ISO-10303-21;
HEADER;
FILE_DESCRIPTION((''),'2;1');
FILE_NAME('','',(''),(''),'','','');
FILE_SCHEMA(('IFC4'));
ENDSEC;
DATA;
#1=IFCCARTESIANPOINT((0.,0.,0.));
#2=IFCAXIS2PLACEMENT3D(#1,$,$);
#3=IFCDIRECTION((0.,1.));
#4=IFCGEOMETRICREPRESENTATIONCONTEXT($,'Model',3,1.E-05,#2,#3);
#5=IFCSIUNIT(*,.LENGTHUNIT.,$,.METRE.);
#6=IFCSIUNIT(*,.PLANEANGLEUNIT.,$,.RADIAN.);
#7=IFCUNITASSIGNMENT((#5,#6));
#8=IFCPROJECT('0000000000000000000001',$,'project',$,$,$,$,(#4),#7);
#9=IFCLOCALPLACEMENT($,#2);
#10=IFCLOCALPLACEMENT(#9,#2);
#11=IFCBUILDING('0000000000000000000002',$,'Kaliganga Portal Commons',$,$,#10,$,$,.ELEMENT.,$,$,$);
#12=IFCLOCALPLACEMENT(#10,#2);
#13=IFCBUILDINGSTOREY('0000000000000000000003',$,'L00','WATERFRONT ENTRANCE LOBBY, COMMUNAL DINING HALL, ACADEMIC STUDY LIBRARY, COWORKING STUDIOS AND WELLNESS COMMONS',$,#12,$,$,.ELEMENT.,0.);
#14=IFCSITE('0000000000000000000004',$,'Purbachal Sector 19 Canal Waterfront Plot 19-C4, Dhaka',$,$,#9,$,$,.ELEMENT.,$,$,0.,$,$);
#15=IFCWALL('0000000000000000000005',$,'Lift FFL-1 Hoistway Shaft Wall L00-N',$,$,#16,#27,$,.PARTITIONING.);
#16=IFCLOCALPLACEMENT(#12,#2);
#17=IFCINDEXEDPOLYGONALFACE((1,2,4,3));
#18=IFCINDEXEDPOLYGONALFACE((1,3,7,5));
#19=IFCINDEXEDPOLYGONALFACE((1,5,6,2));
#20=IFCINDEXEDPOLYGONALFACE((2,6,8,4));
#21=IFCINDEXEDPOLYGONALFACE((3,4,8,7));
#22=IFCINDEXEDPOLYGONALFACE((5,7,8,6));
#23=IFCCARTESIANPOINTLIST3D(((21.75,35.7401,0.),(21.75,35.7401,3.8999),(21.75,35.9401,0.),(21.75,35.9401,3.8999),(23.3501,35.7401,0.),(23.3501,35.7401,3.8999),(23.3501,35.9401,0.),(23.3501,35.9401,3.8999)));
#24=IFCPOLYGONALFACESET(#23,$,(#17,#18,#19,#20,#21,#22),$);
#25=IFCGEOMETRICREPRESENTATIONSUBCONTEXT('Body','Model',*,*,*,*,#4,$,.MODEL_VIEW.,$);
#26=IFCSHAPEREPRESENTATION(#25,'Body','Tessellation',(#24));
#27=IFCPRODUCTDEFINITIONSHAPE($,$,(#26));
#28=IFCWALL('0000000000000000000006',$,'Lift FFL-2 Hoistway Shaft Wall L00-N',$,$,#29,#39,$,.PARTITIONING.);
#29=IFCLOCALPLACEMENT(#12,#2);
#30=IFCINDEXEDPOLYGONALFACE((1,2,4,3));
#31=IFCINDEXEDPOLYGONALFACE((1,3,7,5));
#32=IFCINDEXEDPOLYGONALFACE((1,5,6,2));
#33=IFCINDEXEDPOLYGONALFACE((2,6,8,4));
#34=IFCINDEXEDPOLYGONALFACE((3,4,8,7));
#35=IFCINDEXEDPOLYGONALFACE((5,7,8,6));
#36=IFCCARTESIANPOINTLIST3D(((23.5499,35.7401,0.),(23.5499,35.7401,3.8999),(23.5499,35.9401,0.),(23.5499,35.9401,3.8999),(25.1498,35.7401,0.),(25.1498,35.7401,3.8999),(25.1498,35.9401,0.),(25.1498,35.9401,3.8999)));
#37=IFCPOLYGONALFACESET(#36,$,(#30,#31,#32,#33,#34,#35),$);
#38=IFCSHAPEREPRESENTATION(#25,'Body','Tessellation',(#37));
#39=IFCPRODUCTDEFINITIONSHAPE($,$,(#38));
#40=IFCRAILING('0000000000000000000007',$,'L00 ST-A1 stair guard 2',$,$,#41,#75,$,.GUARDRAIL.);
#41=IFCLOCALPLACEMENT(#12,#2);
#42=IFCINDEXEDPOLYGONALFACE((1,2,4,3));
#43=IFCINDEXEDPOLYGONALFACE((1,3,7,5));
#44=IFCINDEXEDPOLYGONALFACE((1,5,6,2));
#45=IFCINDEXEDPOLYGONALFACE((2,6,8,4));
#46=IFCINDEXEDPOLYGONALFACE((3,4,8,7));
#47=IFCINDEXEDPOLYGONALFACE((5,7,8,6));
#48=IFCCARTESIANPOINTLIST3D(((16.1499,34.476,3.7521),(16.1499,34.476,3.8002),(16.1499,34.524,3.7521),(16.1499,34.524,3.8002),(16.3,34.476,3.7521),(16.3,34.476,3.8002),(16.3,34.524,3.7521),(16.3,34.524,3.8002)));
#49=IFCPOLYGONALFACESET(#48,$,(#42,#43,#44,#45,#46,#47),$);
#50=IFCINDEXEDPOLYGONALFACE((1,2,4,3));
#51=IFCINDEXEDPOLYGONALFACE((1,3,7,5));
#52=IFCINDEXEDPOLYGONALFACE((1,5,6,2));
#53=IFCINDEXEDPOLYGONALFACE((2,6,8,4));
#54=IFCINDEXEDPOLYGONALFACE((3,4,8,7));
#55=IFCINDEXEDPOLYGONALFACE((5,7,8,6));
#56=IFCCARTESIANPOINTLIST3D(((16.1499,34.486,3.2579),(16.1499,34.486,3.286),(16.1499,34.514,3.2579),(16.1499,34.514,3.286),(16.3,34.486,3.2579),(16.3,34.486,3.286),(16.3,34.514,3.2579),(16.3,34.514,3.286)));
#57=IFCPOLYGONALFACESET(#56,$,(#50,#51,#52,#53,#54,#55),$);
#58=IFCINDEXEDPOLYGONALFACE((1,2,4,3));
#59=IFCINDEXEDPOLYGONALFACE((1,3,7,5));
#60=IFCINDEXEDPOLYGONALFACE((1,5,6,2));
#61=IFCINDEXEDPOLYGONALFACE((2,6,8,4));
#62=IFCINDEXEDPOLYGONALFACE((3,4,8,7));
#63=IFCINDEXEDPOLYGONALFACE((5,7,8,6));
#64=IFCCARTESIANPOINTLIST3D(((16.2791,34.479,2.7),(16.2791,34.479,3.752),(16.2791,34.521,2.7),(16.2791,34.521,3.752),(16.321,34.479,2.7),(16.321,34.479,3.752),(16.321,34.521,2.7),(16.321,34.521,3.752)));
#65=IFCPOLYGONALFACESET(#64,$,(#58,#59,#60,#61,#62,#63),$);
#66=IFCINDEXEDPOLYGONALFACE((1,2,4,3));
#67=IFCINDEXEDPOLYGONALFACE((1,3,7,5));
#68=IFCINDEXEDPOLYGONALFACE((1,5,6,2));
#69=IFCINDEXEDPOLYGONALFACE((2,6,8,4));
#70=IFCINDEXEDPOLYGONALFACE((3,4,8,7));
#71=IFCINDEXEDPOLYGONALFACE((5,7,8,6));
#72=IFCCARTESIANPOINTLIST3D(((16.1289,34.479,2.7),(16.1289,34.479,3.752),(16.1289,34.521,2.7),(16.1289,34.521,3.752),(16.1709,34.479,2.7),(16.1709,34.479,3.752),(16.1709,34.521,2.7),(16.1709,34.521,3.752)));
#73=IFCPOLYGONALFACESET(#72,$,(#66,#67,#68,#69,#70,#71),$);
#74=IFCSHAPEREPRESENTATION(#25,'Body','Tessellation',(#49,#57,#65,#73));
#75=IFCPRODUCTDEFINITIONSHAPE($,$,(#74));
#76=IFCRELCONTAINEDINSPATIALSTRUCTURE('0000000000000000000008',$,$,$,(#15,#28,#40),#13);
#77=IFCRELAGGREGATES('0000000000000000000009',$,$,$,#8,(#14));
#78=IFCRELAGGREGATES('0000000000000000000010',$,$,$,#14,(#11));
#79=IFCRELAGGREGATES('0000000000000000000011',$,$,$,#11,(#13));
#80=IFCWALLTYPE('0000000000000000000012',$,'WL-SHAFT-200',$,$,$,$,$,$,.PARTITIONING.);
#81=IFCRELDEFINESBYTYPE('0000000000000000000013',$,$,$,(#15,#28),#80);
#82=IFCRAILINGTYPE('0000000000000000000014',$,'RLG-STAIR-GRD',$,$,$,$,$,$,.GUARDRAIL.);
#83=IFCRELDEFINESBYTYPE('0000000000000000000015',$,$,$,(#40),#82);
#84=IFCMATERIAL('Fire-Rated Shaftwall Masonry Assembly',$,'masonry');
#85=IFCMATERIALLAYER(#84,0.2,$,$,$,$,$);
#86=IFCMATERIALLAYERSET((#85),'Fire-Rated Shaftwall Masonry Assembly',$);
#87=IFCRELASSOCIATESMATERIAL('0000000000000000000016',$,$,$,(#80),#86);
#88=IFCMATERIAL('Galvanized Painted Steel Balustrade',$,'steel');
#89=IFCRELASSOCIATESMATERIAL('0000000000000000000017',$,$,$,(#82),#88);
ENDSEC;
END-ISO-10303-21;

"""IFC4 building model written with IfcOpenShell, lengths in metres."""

from ifc_helpers import new_model, si_unit, direction, frame, frame_2d, origin, origin_2d, place, context, subcontext, project, spatial, rectangle, extrude, material, layer, layer_set, type_object, element, save


model = new_model("IFC4")

# Units and contexts
model_context = context("Model", 3, precision=1e-05, world=origin(), true_north=direction((0.0, 1.0)))
body_context = subcontext(model_context, "Body", "Model", "MODEL_VIEW")
ifc_project = project(units=[si_unit("LENGTHUNIT", "METRE"), si_unit("PLANEANGLEUNIT", "RADIAN")], contexts=[model_context])

# Site, building, storey
site_placement = place(None, origin())
site = spatial("IfcSite", under=ifc_project, at=site_placement, Name="Purbachal Sector 19 Canal Waterfront Plot 19-C4, Dhaka", CompositionType="ELEMENT", RefElevation=0.0)
building_placement = place(site_placement, origin())
building = spatial("IfcBuilding", under=site, at=building_placement, Name="Kaliganga Portal Commons", CompositionType="ELEMENT")
storey_placement = place(building_placement, origin())
storey = spatial("IfcBuildingStorey", under=building, at=storey_placement, Name="L00", Description="WATERFRONT ENTRANCE LOBBY, COMMUNAL DINING HALL, ACADEMIC STUDY LIBRARY, COWORKING STUDIOS AND WELLNESS COMMONS", CompositionType="ELEMENT", Elevation=0.0)

# Walls
ifc_material_1 = material(Name="Fire-Rated Shaftwall Masonry Assembly", Category="masonry")
ifc_layer_1 = layer(ifc_material_1, 0.2)
ifc_layer_set_1 = layer_set([ifc_layer_1], Name="Fire-Rated Shaftwall Masonry Assembly")
wall_type_1 = type_object("IfcWallType", Name="WL-SHAFT-200", PredefinedType="PARTITIONING", material=ifc_layer_set_1)
wall_1_placement = place(storey_placement, frame((21.75, 35.8401, 0.0), z_axis=(0.0, 0.0, 1.0), x_axis=(1.0, 0.0, 0.0)))
element("IfcWall", 1, at=wall_1_placement, inside=storey, type_object=wall_type_1, Name="Lift FFL-1 Hoistway Shaft Wall L00-N", PredefinedType="PARTITIONING", context=body_context, shape_type="SweptSolid", body=[
    extrude(rectangle(XDim=1.6001, YDim=0.2, at=frame_2d((0.8, 0.0))), origin(), (0.0, 0.0, 1.0), 3.8999),
])
wall_2_placement = place(storey_placement, frame((23.55, 35.8401, 0.0), z_axis=(0.0, 0.0, 1.0), x_axis=(1.0, 0.0, 0.0)))
element("IfcWall", 2, at=wall_2_placement, inside=storey, type_object=wall_type_1, Name="Lift FFL-2 Hoistway Shaft Wall L00-N", PredefinedType="PARTITIONING", context=body_context, shape_type="SweptSolid", body=[
    extrude(rectangle(XDim=1.5999, YDim=0.2, at=frame_2d((0.7998, 0.0))), origin(), (0.0, 0.0, 1.0), 3.8999),
])

# Railing
ifc_material_2 = material(Name="Galvanized Painted Steel Balustrade", Category="steel")
railing_type = type_object("IfcRailingType", Name="RLG-STAIR-GRD", PredefinedType="GUARDRAIL", material=ifc_material_2)
railing_placement = place(storey_placement, frame((16.3, 34.5, 2.7)))
element("IfcRailing", 3, at=railing_placement, inside=storey, type_object=railing_type, Name="L00 ST-A1 stair guard 2", PredefinedType="GUARDRAIL", context=body_context, shape_type="SweptSolid", body=[
    extrude(rectangle(XDim=0.0481, YDim=0.0481, at=origin_2d()), frame((0.0, 0.0, 1.0762), z_axis=(-1.0, 0.0, 0.0), x_axis=(0.0, -1.0, 0.0)), (0.0, 0.0, 1.0), 0.1501),
    extrude(rectangle(XDim=0.0281, YDim=0.0281, at=origin_2d()), frame((0.0, 0.0, 0.572), z_axis=(-1.0, 0.0, 0.0), x_axis=(0.0, -1.0, 0.0)), (0.0, 0.0, 1.0), 0.1501),
    extrude(rectangle(XDim=0.042, YDim=0.042, at=origin_2d()), origin(), (0.0, 0.0, 1.0), 1.052),
    extrude(rectangle(XDim=0.042, YDim=0.042, at=origin_2d()), frame((-0.1501, 0.0, 0.0)), (0.0, 0.0, 1.0), 1.052),
])

save(model, "model.ifc")
